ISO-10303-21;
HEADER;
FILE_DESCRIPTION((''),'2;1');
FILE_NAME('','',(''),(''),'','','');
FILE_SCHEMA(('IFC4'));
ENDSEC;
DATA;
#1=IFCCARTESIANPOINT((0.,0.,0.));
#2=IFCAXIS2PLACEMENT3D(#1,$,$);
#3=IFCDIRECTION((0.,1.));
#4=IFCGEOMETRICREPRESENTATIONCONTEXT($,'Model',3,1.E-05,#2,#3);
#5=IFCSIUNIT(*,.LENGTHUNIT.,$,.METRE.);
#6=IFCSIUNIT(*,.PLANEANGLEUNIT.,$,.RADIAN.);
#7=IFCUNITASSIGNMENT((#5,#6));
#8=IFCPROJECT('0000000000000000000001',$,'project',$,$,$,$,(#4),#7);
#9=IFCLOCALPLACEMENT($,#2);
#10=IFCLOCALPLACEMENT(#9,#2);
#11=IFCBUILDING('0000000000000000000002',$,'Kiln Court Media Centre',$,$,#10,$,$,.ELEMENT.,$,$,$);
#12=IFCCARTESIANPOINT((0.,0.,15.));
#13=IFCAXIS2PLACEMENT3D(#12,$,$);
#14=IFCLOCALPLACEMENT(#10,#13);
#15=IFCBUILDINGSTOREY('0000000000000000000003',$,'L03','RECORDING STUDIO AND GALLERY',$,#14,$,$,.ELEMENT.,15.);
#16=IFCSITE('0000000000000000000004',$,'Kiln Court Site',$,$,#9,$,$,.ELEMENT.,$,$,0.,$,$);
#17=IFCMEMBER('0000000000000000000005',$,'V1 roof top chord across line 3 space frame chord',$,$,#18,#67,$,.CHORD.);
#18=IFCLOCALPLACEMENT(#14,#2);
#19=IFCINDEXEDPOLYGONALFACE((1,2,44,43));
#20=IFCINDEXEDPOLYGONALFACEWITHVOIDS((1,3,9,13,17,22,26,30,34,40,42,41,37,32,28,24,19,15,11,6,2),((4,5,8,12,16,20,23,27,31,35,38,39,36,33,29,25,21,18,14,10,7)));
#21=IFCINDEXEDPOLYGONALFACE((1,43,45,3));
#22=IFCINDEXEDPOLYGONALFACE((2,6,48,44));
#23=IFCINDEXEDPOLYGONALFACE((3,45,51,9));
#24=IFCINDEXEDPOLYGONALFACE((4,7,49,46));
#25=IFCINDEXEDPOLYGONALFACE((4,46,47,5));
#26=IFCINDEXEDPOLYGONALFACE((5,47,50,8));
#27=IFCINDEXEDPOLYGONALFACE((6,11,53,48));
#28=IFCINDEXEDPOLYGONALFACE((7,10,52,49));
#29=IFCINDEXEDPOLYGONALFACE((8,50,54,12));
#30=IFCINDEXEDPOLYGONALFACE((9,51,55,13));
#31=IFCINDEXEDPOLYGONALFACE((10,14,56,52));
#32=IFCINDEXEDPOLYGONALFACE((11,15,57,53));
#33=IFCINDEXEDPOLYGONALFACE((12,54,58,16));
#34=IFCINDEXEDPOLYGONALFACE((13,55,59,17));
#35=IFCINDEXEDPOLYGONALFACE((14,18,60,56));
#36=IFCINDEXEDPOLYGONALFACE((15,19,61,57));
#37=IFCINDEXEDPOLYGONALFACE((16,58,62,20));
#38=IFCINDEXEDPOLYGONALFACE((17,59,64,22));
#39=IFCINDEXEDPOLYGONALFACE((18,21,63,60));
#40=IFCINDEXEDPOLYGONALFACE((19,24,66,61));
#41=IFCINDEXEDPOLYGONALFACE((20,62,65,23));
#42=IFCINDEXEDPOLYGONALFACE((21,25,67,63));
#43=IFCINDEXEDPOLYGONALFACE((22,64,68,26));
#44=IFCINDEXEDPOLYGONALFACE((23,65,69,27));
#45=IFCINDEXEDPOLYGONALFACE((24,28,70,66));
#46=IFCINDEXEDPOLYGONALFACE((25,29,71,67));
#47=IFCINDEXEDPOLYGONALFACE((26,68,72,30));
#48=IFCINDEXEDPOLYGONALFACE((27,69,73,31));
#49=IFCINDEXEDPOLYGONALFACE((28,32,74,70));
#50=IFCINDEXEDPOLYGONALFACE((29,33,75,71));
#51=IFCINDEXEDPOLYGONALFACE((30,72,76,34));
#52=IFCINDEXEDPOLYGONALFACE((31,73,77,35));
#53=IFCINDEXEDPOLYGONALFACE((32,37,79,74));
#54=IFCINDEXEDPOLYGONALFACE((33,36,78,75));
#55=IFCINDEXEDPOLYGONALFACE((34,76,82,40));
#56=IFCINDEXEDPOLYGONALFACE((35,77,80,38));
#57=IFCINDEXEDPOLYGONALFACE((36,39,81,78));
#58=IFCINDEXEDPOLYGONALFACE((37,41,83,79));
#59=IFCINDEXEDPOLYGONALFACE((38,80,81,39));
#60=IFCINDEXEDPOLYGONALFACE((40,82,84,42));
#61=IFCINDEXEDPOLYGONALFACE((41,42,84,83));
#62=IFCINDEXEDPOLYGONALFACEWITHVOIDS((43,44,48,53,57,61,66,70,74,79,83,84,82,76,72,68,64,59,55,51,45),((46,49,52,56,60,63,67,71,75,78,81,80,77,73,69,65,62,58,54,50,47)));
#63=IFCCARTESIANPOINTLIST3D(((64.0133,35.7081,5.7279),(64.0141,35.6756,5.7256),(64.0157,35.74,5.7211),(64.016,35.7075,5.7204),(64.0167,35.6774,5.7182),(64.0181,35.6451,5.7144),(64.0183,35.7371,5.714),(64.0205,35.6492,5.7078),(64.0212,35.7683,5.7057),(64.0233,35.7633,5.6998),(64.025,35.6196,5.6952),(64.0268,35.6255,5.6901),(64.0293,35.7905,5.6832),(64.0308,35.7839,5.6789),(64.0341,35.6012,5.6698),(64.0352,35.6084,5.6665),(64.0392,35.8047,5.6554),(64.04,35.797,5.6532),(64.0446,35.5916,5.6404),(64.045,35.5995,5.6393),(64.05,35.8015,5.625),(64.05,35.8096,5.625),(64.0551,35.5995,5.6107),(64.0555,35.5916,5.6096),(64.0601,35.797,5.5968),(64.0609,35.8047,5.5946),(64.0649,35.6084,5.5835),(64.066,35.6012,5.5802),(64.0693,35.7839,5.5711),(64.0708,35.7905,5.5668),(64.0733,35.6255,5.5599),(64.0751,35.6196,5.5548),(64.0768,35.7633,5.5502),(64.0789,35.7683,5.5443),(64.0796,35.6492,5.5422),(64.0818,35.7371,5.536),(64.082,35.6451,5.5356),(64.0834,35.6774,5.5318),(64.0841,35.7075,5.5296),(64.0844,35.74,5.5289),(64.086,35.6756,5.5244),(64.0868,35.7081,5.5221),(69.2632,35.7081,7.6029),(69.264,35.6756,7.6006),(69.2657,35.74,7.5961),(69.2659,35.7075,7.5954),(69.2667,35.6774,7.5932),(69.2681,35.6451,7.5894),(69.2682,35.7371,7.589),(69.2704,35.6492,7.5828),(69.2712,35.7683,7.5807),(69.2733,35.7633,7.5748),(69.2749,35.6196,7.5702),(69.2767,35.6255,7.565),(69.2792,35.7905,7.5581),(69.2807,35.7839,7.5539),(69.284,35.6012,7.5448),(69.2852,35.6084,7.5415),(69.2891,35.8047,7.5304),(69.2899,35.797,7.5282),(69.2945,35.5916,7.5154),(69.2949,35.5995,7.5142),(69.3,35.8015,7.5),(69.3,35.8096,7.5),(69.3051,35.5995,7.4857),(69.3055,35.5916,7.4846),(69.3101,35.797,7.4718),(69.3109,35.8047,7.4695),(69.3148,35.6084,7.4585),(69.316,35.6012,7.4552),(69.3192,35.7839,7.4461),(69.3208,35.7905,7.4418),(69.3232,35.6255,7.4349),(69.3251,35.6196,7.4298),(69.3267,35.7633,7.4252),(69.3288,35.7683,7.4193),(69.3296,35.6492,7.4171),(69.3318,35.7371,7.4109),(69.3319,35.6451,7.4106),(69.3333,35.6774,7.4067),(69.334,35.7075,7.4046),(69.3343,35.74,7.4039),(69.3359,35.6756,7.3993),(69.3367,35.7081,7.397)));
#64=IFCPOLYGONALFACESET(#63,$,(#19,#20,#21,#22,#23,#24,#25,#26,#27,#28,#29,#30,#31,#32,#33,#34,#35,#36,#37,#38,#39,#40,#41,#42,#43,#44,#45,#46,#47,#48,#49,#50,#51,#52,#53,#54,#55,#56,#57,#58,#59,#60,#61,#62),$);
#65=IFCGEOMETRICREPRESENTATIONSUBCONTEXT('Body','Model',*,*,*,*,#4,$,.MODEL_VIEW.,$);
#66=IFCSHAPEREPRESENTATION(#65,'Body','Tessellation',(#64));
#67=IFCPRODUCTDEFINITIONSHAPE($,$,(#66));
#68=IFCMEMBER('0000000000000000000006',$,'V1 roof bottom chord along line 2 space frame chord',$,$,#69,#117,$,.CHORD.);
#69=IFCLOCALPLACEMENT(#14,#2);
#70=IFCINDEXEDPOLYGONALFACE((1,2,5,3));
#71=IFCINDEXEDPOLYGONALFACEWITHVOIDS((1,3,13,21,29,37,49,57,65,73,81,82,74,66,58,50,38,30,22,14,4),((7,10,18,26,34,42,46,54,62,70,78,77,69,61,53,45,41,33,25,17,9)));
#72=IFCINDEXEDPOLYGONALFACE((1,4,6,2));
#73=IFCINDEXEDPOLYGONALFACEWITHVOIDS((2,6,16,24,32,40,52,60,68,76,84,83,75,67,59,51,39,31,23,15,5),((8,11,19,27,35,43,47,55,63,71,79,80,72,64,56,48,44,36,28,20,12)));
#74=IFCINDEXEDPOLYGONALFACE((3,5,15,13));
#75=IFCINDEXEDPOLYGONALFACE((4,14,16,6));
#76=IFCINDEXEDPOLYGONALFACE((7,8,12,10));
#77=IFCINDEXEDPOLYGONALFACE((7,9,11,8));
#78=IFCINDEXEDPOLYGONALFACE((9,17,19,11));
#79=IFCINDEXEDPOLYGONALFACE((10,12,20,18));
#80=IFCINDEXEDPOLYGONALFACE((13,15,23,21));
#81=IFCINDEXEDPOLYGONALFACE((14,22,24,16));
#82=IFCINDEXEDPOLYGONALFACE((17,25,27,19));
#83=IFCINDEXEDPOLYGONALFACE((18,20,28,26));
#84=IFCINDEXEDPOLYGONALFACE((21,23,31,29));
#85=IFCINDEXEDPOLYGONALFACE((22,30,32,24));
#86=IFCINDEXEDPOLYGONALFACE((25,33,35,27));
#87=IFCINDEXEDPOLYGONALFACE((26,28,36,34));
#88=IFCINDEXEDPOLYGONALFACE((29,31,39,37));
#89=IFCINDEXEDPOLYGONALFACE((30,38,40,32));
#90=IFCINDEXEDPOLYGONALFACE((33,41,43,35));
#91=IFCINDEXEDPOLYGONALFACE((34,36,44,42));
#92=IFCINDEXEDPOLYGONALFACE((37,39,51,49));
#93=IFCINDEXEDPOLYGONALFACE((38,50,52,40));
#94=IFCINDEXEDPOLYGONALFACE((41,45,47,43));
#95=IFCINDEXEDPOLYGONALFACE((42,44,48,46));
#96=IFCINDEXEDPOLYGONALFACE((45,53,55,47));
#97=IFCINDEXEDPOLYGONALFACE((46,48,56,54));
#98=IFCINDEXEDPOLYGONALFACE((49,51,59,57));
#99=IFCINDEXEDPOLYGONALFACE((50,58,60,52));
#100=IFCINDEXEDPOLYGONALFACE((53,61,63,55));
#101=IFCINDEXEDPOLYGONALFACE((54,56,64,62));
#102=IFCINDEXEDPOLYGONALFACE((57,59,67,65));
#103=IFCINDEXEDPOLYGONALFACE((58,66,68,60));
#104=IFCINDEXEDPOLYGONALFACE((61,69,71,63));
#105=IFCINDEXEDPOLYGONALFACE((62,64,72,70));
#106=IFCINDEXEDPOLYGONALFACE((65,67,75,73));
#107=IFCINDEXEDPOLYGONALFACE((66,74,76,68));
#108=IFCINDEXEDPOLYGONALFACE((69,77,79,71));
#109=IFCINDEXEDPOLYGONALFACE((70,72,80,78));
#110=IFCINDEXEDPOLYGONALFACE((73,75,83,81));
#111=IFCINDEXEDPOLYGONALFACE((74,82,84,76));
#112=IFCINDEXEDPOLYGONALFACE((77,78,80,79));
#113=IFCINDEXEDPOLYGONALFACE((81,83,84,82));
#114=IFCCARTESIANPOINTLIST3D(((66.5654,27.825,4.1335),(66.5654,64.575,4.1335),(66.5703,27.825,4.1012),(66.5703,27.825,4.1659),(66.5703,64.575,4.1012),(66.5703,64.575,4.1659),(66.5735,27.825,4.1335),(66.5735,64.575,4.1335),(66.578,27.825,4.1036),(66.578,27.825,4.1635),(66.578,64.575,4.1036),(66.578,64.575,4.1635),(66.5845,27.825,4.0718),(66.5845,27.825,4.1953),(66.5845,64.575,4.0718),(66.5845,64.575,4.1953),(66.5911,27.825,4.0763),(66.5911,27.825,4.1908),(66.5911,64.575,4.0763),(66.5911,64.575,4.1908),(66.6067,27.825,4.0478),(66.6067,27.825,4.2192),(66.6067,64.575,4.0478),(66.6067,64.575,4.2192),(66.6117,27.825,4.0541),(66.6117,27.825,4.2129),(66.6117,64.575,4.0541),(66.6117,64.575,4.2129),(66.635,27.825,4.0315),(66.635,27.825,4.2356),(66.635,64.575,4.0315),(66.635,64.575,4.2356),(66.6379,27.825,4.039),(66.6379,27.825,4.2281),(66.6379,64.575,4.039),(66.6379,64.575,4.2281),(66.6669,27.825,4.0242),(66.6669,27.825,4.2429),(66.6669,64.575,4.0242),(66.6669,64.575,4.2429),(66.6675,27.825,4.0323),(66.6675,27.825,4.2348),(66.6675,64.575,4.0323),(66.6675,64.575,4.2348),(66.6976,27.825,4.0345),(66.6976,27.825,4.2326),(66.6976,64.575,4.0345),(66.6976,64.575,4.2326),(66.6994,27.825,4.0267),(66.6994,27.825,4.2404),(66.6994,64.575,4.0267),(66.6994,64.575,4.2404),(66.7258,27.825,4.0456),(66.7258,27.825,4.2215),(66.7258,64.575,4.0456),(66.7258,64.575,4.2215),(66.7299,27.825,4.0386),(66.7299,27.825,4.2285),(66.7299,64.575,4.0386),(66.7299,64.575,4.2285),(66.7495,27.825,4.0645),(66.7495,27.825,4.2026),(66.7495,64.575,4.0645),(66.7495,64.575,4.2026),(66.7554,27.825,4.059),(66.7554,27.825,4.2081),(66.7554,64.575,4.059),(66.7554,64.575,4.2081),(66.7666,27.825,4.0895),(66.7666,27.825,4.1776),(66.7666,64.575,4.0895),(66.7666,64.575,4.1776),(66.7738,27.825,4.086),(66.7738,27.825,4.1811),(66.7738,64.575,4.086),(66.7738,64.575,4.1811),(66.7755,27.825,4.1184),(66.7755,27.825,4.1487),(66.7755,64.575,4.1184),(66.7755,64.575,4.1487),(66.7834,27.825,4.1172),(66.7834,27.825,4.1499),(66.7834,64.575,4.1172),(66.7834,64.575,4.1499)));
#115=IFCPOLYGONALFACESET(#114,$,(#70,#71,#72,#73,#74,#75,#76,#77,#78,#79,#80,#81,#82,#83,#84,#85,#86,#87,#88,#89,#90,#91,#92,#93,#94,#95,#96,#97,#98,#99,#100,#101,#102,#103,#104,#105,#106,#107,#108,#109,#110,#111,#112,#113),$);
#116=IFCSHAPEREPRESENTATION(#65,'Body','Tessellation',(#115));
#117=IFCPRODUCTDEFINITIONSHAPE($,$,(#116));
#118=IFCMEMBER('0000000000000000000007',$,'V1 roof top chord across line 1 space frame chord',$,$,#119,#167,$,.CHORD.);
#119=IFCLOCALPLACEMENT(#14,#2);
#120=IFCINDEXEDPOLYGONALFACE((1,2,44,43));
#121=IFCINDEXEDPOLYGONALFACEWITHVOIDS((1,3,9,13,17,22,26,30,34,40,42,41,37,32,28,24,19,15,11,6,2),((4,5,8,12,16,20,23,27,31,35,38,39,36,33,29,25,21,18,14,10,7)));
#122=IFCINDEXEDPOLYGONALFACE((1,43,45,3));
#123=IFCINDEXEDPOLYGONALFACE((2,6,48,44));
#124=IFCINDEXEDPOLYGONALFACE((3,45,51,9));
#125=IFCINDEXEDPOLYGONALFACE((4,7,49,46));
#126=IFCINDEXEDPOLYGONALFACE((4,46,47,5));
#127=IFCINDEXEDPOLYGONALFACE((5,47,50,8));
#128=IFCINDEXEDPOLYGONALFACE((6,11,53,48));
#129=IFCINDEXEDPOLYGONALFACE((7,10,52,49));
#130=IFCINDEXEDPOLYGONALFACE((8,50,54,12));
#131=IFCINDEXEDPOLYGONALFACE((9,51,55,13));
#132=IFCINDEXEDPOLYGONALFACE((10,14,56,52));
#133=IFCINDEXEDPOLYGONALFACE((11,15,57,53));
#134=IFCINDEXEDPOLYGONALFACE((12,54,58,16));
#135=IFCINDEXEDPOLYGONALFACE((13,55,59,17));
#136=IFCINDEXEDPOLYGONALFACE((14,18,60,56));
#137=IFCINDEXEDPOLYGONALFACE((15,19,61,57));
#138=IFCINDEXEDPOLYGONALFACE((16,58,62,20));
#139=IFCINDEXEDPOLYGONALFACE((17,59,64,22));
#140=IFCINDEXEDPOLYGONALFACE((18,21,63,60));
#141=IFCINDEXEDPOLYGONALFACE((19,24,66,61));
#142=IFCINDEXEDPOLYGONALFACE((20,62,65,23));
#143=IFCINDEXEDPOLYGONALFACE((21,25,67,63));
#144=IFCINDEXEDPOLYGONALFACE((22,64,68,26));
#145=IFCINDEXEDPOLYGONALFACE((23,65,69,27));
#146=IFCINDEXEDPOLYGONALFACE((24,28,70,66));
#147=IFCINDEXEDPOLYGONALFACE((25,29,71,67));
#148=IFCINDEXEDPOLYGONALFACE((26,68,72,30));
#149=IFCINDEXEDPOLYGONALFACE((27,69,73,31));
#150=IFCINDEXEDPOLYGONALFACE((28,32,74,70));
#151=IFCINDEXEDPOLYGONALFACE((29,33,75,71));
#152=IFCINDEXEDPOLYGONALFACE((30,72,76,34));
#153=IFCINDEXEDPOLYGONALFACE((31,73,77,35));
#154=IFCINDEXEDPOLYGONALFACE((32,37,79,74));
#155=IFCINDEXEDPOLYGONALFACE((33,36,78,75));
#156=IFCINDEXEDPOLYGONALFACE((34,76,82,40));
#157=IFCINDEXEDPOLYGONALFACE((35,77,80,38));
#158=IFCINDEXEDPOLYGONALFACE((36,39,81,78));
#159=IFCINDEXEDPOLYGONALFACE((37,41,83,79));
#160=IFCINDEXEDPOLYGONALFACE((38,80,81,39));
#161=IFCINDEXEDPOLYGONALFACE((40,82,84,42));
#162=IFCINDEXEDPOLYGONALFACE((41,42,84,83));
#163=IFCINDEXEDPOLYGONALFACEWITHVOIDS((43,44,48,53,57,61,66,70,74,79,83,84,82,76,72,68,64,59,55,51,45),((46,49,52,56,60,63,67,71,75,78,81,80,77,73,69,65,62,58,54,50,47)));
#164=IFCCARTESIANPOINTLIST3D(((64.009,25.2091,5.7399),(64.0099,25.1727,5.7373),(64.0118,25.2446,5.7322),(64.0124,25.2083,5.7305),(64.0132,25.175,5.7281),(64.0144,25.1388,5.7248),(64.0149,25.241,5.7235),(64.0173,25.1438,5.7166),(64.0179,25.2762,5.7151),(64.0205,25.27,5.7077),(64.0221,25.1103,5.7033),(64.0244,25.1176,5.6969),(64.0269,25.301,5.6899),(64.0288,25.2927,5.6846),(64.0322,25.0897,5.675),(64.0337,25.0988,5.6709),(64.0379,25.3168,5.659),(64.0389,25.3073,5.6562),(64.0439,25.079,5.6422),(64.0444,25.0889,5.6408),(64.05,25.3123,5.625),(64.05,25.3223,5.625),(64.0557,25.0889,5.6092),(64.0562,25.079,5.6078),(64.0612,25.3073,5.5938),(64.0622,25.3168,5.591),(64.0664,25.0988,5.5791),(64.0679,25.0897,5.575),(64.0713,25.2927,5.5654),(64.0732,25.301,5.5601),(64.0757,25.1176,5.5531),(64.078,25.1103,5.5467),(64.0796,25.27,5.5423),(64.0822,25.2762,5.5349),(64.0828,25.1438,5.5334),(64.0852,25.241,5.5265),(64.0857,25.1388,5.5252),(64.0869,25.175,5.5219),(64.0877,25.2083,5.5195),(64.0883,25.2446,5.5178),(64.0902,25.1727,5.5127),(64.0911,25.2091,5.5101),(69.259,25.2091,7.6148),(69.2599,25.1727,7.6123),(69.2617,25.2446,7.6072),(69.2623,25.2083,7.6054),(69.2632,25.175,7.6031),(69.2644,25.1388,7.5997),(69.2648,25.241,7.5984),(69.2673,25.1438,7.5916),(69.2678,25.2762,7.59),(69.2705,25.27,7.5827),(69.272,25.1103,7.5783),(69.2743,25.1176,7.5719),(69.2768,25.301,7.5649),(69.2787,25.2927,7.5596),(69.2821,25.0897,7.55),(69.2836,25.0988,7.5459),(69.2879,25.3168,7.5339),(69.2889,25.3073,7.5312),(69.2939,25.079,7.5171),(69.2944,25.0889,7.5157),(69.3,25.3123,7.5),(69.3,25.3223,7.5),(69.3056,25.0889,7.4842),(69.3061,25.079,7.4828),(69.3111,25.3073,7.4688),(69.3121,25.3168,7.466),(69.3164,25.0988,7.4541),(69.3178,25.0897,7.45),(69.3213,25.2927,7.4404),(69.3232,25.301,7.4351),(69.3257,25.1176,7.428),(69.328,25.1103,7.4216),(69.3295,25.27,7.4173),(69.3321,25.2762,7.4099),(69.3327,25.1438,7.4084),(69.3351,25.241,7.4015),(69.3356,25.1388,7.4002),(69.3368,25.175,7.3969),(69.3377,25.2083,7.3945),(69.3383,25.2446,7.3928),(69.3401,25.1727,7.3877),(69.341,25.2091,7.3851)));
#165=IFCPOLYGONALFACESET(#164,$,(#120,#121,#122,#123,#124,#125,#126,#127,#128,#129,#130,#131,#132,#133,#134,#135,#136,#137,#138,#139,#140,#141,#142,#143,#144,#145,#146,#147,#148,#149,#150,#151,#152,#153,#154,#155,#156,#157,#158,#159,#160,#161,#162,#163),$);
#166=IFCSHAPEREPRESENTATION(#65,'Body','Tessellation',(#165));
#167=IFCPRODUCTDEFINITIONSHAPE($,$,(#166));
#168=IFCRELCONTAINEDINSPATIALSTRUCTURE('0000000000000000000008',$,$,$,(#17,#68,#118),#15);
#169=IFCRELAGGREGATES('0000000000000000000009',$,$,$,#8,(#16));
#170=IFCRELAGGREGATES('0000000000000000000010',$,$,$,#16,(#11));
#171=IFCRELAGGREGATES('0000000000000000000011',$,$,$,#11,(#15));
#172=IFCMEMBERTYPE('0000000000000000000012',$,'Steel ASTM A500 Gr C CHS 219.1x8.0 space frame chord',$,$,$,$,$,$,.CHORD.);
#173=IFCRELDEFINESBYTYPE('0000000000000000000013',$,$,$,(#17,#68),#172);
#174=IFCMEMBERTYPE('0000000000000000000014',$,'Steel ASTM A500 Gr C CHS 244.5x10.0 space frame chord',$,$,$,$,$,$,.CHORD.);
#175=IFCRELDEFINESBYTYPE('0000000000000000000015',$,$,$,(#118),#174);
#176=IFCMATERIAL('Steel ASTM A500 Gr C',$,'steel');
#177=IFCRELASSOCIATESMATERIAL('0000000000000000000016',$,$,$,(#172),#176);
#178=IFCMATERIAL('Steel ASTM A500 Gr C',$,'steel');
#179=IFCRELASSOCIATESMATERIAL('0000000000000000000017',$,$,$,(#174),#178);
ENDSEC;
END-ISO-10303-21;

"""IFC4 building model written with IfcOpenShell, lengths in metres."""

from ifc_helpers import new_model, si_unit, direction, frame, origin, origin_2d, place, context, subcontext, project, spatial, hollow_circle, extrude, material, material_profile, profile_set, type_object, element, save


model = new_model("IFC4")

# Units and contexts
model_context = context("Model", 3, precision=1e-05, world=origin(), true_north=direction((0.0, 1.0)))
body_context = subcontext(model_context, "Body", "Model", "MODEL_VIEW")
ifc_project = project(units=[si_unit("LENGTHUNIT", "METRE"), si_unit("PLANEANGLEUNIT", "RADIAN")], contexts=[model_context])

# Site, building, storey
site_placement = place(None, origin())
site = spatial("IfcSite", under=ifc_project, at=site_placement, Name="Kiln Court Site", CompositionType="ELEMENT", RefElevation=0.0)
building_placement = place(site_placement, origin())
building = spatial("IfcBuilding", under=site, at=building_placement, Name="Kiln Court Media Centre", CompositionType="ELEMENT")
storey_placement = place(building_placement, frame((0.0, 0.0, 15.0)))
storey = spatial("IfcBuildingStorey", under=building, at=storey_placement, Name="L03", Description="RECORDING STUDIO AND GALLERY", CompositionType="ELEMENT", Elevation=15.0)

# Members
ifc_material_1 = material(Name="Steel ASTM A500 Gr C", Category="steel")
ifc_material_profile_1 = material_profile(ifc_material_1, hollow_circle(Radius=0.1096, WallThickness=0.0081, at=origin_2d()), Name="CHS 219.1x8.0")
ifc_profile_set_1 = profile_set([ifc_material_profile_1], Name="Steel ASTM A500 Gr C")
member_type_1 = type_object("IfcMemberType", Name="Steel ASTM A500 Gr C CHS 219.1x8.0 space frame chord", PredefinedType="CHORD", material=ifc_profile_set_1)
for number, where, z_axis, x_axis, name in (
    (1, (64.05, 35.7, 5.625), (0.941742, 0.0, 0.336336), (0.0, 1.0, 0.0), "V1 roof top chord across line 3 space frame chord"),
):
    element("IfcMember", number, at=place(storey_placement, frame(where, z_axis=z_axis, x_axis=x_axis)), inside=storey, type_object=member_type_1, Name=name, PredefinedType="CHORD", context=body_context, shape_type="SweptSolid", body=[
        extrude(hollow_circle(Radius=0.1096, WallThickness=0.0081, at=origin_2d()), origin(), (0.0, 0.0, 1.0), 5.5747),
    ])
member_1_placement = place(storey_placement, frame((66.675, 27.825, 4.1335), z_axis=(0.0, 1.0, 0.0), x_axis=(-1.0, 0.0, 0.0)))
element("IfcMember", 2, at=member_1_placement, inside=storey, type_object=member_type_1, Name="V1 roof bottom chord along line 2 space frame chord", PredefinedType="CHORD", context=body_context, shape_type="SweptSolid", body=[
    extrude(hollow_circle(Radius=0.1096, WallThickness=0.0081, at=origin_2d()), origin(), (0.0, 0.0, 1.0), 36.75),
])
ifc_material_2 = material(Name="Steel ASTM A500 Gr C", Category="steel")
ifc_material_profile_2 = material_profile(ifc_material_2, hollow_circle(Radius=0.1223, WallThickness=0.01, at=origin_2d()), Name="CHS 244.5x10.0")
ifc_profile_set_2 = profile_set([ifc_material_profile_2], Name="Steel ASTM A500 Gr C")
member_type_2 = type_object("IfcMemberType", Name="Steel ASTM A500 Gr C CHS 244.5x10.0 space frame chord", PredefinedType="CHORD", material=ifc_profile_set_2)
member_2_placement = place(storey_placement, frame((64.05, 25.2, 5.625), z_axis=(0.941742, 0.0, 0.336336), x_axis=(0.0, 1.0, 0.0)))
element("IfcMember", 3, at=member_2_placement, inside=storey, type_object=member_type_2, Name="V1 roof top chord across line 1 space frame chord", PredefinedType="CHORD", context=body_context, shape_type="SweptSolid", body=[
    extrude(hollow_circle(Radius=0.1223, WallThickness=0.01, at=origin_2d()), origin(), (0.0, 0.0, 1.0), 5.5747),
])

save(model, "model.ifc")
